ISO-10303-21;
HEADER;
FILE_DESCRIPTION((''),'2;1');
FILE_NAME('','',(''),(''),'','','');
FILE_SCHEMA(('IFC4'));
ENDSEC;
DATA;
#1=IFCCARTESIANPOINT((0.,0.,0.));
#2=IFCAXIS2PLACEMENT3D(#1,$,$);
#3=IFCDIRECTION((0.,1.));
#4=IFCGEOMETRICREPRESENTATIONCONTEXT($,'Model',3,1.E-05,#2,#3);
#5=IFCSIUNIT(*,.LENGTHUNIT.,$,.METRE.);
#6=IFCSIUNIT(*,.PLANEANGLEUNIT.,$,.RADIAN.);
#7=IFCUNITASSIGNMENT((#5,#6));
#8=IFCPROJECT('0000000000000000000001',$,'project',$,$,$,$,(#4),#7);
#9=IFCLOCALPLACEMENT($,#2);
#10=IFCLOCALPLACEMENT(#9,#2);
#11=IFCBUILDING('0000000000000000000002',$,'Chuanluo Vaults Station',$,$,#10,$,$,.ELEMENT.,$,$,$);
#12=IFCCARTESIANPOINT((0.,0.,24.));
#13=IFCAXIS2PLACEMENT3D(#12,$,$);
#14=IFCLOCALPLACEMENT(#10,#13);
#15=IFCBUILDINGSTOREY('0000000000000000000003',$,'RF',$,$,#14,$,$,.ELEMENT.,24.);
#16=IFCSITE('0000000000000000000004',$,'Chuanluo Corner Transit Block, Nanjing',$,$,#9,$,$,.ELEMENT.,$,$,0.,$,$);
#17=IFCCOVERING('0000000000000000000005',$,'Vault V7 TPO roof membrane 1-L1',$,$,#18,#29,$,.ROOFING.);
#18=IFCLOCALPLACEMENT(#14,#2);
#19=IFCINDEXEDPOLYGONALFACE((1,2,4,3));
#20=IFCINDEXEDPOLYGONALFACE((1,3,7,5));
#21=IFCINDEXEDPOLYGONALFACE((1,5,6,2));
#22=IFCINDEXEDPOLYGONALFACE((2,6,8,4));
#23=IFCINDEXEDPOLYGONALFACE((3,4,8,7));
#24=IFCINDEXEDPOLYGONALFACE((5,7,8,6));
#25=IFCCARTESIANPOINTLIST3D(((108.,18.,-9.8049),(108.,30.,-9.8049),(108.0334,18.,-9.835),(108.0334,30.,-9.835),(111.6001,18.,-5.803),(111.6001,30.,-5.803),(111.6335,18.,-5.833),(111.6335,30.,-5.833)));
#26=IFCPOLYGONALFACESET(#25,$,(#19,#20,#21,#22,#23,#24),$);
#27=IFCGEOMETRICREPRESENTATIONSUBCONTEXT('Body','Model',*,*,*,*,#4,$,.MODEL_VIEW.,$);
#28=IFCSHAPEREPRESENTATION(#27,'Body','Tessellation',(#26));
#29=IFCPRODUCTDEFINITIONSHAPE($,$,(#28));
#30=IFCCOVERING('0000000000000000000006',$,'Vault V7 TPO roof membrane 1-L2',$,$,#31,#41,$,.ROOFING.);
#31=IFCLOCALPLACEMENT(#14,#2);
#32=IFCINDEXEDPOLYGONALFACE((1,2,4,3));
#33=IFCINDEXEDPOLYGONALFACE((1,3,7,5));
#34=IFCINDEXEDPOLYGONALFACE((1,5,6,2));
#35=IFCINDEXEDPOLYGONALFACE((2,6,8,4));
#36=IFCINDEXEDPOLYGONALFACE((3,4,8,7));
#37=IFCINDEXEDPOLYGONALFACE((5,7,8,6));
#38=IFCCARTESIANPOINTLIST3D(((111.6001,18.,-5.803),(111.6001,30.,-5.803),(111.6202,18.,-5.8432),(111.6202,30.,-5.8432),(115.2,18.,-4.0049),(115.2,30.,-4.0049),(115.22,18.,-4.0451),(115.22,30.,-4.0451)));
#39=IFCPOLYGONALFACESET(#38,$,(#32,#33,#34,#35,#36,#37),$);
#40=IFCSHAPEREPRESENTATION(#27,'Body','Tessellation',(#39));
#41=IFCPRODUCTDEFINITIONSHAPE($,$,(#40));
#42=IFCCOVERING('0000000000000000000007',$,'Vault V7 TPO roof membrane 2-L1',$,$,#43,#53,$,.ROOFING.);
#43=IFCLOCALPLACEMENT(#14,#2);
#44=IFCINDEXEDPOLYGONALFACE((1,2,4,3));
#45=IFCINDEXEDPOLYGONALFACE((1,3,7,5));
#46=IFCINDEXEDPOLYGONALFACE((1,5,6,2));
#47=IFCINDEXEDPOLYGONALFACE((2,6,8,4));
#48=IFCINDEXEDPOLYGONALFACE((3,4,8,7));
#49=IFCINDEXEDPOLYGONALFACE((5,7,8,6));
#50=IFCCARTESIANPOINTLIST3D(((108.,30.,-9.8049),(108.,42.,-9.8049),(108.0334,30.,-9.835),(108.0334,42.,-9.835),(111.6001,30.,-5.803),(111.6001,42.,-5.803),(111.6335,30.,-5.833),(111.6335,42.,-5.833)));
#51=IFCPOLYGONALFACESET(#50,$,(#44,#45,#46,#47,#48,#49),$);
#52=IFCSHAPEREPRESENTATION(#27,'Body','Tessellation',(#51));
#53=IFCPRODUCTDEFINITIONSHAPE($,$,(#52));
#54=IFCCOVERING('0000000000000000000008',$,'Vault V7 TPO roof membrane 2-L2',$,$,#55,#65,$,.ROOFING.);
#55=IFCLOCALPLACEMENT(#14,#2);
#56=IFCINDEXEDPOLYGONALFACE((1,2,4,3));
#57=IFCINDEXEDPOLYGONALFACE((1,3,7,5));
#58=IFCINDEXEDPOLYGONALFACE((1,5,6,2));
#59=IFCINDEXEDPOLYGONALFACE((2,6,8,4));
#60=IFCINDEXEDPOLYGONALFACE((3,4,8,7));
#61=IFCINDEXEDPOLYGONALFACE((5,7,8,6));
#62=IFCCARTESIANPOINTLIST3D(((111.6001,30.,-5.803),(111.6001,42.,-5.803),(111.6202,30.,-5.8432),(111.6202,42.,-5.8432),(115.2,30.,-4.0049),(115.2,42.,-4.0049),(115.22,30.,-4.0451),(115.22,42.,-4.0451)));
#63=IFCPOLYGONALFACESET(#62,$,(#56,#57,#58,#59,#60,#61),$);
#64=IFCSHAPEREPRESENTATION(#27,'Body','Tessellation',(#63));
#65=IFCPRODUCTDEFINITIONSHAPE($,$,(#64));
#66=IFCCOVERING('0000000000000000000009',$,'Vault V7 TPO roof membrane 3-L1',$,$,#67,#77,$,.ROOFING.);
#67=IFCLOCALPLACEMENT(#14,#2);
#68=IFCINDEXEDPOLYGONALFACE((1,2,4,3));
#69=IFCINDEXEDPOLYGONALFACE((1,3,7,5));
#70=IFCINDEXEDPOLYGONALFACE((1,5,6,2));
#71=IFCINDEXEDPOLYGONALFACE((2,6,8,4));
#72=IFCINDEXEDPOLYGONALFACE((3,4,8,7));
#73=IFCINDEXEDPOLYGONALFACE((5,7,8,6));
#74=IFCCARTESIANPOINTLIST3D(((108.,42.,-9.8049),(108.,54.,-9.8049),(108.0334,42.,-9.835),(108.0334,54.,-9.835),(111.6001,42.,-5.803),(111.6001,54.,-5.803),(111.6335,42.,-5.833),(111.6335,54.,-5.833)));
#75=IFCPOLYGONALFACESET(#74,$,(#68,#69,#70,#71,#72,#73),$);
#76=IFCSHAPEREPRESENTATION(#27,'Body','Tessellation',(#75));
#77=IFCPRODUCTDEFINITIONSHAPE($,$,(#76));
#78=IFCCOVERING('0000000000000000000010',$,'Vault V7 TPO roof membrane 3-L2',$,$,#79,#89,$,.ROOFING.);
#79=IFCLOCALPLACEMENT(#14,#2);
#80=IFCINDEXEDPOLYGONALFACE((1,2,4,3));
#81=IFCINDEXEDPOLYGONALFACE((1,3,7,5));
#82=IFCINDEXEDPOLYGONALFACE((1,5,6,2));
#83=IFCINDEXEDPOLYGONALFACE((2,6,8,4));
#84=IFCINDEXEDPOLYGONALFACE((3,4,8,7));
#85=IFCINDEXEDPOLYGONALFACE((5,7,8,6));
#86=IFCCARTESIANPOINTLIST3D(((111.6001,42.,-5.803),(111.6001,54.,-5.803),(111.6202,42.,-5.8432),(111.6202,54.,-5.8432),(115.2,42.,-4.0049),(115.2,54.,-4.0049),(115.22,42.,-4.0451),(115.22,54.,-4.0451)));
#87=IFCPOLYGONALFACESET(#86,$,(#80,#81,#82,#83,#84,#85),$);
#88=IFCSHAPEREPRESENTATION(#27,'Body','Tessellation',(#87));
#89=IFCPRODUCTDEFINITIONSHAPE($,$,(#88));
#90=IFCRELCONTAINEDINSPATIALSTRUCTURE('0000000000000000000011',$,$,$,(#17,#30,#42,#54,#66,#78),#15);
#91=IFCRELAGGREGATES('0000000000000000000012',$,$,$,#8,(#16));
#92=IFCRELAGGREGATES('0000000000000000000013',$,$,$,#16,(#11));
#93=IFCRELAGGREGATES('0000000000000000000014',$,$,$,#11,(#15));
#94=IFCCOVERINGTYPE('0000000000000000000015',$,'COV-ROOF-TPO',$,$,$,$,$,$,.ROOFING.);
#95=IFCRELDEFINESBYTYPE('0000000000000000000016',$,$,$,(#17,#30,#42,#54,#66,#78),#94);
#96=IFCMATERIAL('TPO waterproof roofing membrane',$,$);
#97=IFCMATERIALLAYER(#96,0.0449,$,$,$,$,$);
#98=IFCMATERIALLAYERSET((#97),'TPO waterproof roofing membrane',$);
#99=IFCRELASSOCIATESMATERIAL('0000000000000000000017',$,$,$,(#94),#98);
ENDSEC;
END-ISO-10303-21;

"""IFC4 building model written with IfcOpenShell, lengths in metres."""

from ifc_helpers import new_model, si_unit, direction, frame, origin, place, context, subcontext, project, spatial, polyline, outline, extrude, material, layer, layer_set, type_object, element, save


model = new_model("IFC4")

# Units and contexts
model_context = context("Model", 3, precision=1e-05, world=origin(), true_north=direction((0.0, 1.0)))
body_context = subcontext(model_context, "Body", "Model", "MODEL_VIEW")
ifc_project = project(units=[si_unit("LENGTHUNIT", "METRE"), si_unit("PLANEANGLEUNIT", "RADIAN")], contexts=[model_context])

# Site, building, storey
site_placement = place(None, origin())
site = spatial("IfcSite", under=ifc_project, at=site_placement, Name="Chuanluo Corner Transit Block, Nanjing", CompositionType="ELEMENT", RefElevation=0.0)
building_placement = place(site_placement, origin())
building = spatial("IfcBuilding", under=site, at=building_placement, Name="Chuanluo Vaults Station", CompositionType="ELEMENT")
storey_placement = place(building_placement, frame((0.0, 0.0, 24.0)))
storey = spatial("IfcBuildingStorey", under=building, at=storey_placement, Name="RF", CompositionType="ELEMENT", Elevation=24.0)

# Coverings
ifc_material_1 = material(Name="TPO waterproof roofing membrane")
ifc_layer_1 = layer(ifc_material_1, 0.0449)
ifc_layer_set_1 = layer_set([ifc_layer_1], Name="TPO waterproof roofing membrane")
covering_type_1 = type_object("IfcCoveringType", Name="COV-ROOF-TPO", PredefinedType="ROOFING", material=ifc_layer_set_1)
covering_1_placement = place(storey_placement, frame((108.0, 18.0, -9.8049), z_axis=(-0.743447, 0.0, 0.668794), x_axis=(0.668794, 0.0, 0.743447)))
element("IfcCovering", 1, at=covering_1_placement, inside=storey, type_object=covering_type_1, Name="Vault V7 TPO roof membrane 1-L1", PredefinedType="ROOFING", context=body_context, shape_type="SweptSolid", body=[
    extrude(outline(polyline([(0.0, 0.0), (5.383, 0.0), (5.383, 12.0), (0.0, 12.0), (0.0, 0.0)])), origin(), (0.0, 0.0, -1.0), 0.0449),
])
covering_2_placement = place(storey_placement, frame((111.6001, 18.0, -5.803), z_axis=(-0.44685, 0.0, 0.894609), x_axis=(0.894609, 0.0, 0.44685)))
element("IfcCovering", 2, at=covering_2_placement, inside=storey, type_object=covering_type_1, Name="Vault V7 TPO roof membrane 1-L2", PredefinedType="ROOFING", context=body_context, shape_type="SweptSolid", body=[
    extrude(outline(polyline([(0.0, 0.0), (4.0239, 0.0), (4.0239, 12.0), (0.0, 12.0), (0.0, 0.0)])), origin(), (0.0, 0.0, -1.0), 0.0449),
])
covering_3_placement = place(storey_placement, frame((108.0, 30.0, -9.8049), z_axis=(-0.743447, 0.0, 0.668794), x_axis=(0.668794, 0.0, 0.743447)))
element("IfcCovering", 3, at=covering_3_placement, inside=storey, type_object=covering_type_1, Name="Vault V7 TPO roof membrane 2-L1", PredefinedType="ROOFING", context=body_context, shape_type="SweptSolid", body=[
    extrude(outline(polyline([(0.0, 0.0), (5.383, 0.0), (5.383, 12.0), (0.0, 12.0), (0.0, 0.0)])), origin(), (0.0, 0.0, -1.0), 0.0449),
])
covering_4_placement = place(storey_placement, frame((111.6001, 30.0, -5.803), z_axis=(-0.44685, 0.0, 0.894609), x_axis=(0.894609, 0.0, 0.44685)))
element("IfcCovering", 4, at=covering_4_placement, inside=storey, type_object=covering_type_1, Name="Vault V7 TPO roof membrane 2-L2", PredefinedType="ROOFING", context=body_context, shape_type="SweptSolid", body=[
    extrude(outline(polyline([(0.0, 0.0), (4.0239, 0.0), (4.0239, 12.0), (0.0, 12.0), (0.0, 0.0)])), origin(), (0.0, 0.0, -1.0), 0.0449),
])
covering_5_placement = place(storey_placement, frame((108.0, 42.0, -9.8049), z_axis=(-0.743447, 0.0, 0.668794), x_axis=(0.668794, 0.0, 0.743447)))
element("IfcCovering", 5, at=covering_5_placement, inside=storey, type_object=covering_type_1, Name="Vault V7 TPO roof membrane 3-L1", PredefinedType="ROOFING", context=body_context, shape_type="SweptSolid", body=[
    extrude(outline(polyline([(0.0, 0.0), (5.383, 0.0), (5.383, 12.0), (0.0, 12.0), (0.0, 0.0)])), origin(), (0.0, 0.0, -1.0), 0.0449),
])
covering_6_placement = place(storey_placement, frame((111.6001, 42.0, -5.803), z_axis=(-0.44685, 0.0, 0.894609), x_axis=(0.894609, 0.0, 0.44685)))
element("IfcCovering", 6, at=covering_6_placement, inside=storey, type_object=covering_type_1, Name="Vault V7 TPO roof membrane 3-L2", PredefinedType="ROOFING", context=body_context, shape_type="SweptSolid", body=[
    extrude(outline(polyline([(0.0, 0.0), (4.0239, 0.0), (4.0239, 12.0), (0.0, 12.0), (0.0, 0.0)])), origin(), (0.0, 0.0, -1.0), 0.0449),
])

save(model, "model.ifc")
